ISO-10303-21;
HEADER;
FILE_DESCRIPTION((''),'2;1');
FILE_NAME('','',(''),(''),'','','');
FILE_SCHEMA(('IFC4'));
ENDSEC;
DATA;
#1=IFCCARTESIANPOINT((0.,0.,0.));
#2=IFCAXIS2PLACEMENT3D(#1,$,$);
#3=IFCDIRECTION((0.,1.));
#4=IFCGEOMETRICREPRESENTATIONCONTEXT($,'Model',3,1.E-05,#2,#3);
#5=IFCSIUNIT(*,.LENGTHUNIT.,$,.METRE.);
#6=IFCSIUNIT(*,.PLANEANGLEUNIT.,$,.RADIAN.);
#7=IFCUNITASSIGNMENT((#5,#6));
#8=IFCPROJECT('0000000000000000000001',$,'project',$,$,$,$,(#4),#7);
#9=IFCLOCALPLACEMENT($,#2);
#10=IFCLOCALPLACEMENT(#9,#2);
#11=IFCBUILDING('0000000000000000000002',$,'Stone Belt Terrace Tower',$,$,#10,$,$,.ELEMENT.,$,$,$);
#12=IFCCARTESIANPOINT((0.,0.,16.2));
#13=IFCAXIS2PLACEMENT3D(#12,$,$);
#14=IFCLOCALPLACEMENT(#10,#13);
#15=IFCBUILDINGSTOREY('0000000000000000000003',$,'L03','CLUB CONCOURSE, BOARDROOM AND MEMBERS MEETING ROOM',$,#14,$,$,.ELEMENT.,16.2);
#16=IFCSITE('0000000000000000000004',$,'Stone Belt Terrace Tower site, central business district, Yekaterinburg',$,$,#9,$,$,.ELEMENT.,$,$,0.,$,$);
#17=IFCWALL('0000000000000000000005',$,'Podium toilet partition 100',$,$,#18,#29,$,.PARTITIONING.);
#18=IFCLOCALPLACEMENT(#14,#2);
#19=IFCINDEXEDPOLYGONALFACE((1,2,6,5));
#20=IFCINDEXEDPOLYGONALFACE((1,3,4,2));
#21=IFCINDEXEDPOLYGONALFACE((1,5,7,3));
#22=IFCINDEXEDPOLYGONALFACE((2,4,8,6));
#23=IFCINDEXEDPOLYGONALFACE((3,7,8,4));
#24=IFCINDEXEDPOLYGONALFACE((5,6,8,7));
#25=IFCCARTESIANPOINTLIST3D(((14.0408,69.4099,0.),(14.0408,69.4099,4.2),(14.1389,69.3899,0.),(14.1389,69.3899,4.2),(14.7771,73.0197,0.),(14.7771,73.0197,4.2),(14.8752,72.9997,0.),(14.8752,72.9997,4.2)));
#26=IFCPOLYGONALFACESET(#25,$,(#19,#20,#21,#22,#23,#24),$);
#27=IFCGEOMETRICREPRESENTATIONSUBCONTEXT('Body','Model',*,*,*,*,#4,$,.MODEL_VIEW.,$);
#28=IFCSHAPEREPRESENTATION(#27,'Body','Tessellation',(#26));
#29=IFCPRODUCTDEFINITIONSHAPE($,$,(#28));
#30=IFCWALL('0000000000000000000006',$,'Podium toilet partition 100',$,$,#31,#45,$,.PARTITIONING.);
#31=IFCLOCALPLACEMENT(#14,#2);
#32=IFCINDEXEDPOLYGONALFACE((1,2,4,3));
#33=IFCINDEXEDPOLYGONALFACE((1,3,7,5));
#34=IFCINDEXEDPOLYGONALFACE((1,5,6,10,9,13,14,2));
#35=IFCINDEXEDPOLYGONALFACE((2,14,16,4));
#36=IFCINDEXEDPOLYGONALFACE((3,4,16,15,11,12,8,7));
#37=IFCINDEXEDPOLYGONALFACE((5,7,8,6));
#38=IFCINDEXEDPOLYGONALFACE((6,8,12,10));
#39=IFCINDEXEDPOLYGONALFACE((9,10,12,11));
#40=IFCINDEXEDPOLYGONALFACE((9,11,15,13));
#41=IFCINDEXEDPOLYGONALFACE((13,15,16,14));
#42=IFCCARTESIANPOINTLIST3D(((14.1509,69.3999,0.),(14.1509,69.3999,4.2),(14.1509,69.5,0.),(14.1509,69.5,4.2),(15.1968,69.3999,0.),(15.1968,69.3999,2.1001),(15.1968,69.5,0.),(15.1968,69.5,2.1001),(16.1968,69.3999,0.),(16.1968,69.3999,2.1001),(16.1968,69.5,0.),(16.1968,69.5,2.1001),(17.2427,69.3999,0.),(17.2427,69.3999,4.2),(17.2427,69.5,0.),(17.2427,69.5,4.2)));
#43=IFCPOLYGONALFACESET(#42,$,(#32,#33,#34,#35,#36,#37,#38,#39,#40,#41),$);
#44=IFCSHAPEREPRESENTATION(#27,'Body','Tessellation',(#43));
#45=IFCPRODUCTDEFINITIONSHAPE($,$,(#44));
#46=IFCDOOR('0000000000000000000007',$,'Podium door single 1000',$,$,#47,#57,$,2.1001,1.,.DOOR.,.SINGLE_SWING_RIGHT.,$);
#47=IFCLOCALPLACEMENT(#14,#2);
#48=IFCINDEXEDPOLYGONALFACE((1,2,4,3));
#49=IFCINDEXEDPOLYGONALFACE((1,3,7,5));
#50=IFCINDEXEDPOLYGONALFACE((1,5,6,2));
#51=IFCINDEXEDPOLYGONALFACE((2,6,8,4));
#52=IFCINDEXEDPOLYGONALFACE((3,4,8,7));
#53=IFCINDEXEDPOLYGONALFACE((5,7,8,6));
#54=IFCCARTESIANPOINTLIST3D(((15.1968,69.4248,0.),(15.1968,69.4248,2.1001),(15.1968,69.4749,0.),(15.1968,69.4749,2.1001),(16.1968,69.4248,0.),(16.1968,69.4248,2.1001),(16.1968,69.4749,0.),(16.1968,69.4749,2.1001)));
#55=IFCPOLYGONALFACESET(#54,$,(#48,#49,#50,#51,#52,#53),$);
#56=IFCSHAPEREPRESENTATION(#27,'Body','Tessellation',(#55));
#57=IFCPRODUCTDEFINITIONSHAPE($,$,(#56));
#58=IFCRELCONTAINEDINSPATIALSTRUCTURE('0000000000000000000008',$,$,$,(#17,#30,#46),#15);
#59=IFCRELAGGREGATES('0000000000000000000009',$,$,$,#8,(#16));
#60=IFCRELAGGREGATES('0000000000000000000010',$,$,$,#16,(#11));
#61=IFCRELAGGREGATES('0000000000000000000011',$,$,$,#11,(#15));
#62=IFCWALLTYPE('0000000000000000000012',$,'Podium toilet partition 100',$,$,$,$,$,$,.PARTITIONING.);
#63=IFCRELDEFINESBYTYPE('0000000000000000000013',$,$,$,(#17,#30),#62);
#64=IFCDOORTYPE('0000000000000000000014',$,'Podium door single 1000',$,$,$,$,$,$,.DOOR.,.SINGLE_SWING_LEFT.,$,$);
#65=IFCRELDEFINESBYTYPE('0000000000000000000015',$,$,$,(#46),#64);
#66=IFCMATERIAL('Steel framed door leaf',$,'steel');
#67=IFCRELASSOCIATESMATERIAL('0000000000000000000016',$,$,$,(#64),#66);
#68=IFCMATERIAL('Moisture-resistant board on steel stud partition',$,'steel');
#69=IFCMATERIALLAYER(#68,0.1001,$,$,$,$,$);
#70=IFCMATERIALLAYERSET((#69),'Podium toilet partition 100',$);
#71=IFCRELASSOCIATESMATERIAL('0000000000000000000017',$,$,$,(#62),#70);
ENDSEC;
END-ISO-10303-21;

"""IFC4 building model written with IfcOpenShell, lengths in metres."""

from ifc_helpers import new_model, si_unit, direction, frame, frame_2d, origin, place, context, subcontext, project, spatial, rectangle, extrude, material, layer, layer_set, type_object, element, fill, save


model = new_model("IFC4")

# Units and contexts
model_context = context("Model", 3, precision=1e-05, world=origin(), true_north=direction((0.0, 1.0)))
body_context = subcontext(model_context, "Body", "Model", "MODEL_VIEW")
ifc_project = project(units=[si_unit("LENGTHUNIT", "METRE"), si_unit("PLANEANGLEUNIT", "RADIAN")], contexts=[model_context])

# Site, building, storey
site_placement = place(None, origin())
site = spatial("IfcSite", under=ifc_project, at=site_placement, Name="Stone Belt Terrace Tower site, central business district, Yekaterinburg", CompositionType="ELEMENT", RefElevation=0.0)
building_placement = place(site_placement, origin())
building = spatial("IfcBuilding", under=site, at=building_placement, Name="Stone Belt Terrace Tower", CompositionType="ELEMENT")
storey_placement = place(building_placement, frame((0.0, 0.0, 16.2)))
storey = spatial("IfcBuildingStorey", under=building, at=storey_placement, Name="L03", Description="CLUB CONCOURSE, BOARDROOM AND MEMBERS MEETING ROOM", CompositionType="ELEMENT", Elevation=16.2)

# Shared definitions
ifc_material_1 = material(Name="Steel framed door leaf", Category="steel")
door_type = type_object("IfcDoorType", Name="Podium door single 1000", OperationType="SINGLE_SWING_LEFT", PredefinedType="DOOR", material=ifc_material_1)

# Shared definitions
ifc_material_2 = material(Name="Moisture-resistant board on steel stud partition", Category="steel")
ifc_layer_1 = layer(ifc_material_2, 0.1001)
ifc_layer_set_1 = layer_set([ifc_layer_1], Name="Podium toilet partition 100")
wall_type_1 = type_object("IfcWallType", Name="Podium toilet partition 100", PredefinedType="PARTITIONING", material=ifc_layer_set_1)

# Wall
wall_1_placement = place(storey_placement, frame((14.0898, 69.3999, 0.0), z_axis=(0.0, 0.0, 1.0), x_axis=(0.199861, 0.979824, 0.0)))
element("IfcWall", 1, at=wall_1_placement, inside=storey, type_object=wall_type_1, Name="Podium toilet partition 100", PredefinedType="PARTITIONING", context=body_context, shape_type="SweptSolid", body=[
    extrude(rectangle(XDim=3.6841, YDim=0.1001, at=frame_2d((1.842, 0.0))), origin(), (0.0, 0.0, 1.0), 4.2),
])

# Wall, opening, door
wall_2_placement = place(storey_placement, frame((14.1509, 69.45, 0.0), z_axis=(0.0, 0.0, 1.0), x_axis=(1.0, 0.0, 0.0)))
wall_2 = element("IfcWall", 2, at=wall_2_placement, inside=storey, type_object=wall_type_1, Name="Podium toilet partition 100", PredefinedType="PARTITIONING", context=body_context, shape_type="SweptSolid", body=[
    extrude(rectangle(XDim=3.0918, YDim=0.1001, at=frame_2d((1.5459, 0.0))), origin(), (0.0, 0.0, 1.0), 4.2),
])
opening_1_placement = place(wall_2_placement, frame((1.0459, 0.0, 0.0)))
opening_1 = element("IfcOpeningElement", 3, at=opening_1_placement, cuts=wall_2, PredefinedType="OPENING", context=body_context, shape_type="SweptSolid", body=[
    extrude(rectangle(XDim=1.0, YDim=2.1001, at=frame_2d((0.5, 1.05))), frame((0.0, 0.0601, 0.0), z_axis=(0.0, -1.0, 0.0), x_axis=(1.0, 0.0, 0.0)), (0.0, 0.0, 1.0), 0.1201),
])
door_1_placement = place(opening_1_placement, origin())
door_1 = element("IfcDoor", 4, at=door_1_placement, inside=storey, type_object=door_type, Name="Podium door single 1000", OperationType="SINGLE_SWING_RIGHT", OverallHeight=2.1001, OverallWidth=1.0, PredefinedType="DOOR", context=body_context, shape_type="SweptSolid", body=[
    extrude(rectangle(XDim=1.0, YDim=2.1001, at=frame_2d((0.5, 1.05))), frame((0.0, 0.0249, 0.0), z_axis=(0.0, -1.0, 0.0), x_axis=(1.0, 0.0, 0.0)), (0.0, 0.0, 1.0), 0.05),
])
fill(opening_1, door_1)

save(model, "model.ifc")
